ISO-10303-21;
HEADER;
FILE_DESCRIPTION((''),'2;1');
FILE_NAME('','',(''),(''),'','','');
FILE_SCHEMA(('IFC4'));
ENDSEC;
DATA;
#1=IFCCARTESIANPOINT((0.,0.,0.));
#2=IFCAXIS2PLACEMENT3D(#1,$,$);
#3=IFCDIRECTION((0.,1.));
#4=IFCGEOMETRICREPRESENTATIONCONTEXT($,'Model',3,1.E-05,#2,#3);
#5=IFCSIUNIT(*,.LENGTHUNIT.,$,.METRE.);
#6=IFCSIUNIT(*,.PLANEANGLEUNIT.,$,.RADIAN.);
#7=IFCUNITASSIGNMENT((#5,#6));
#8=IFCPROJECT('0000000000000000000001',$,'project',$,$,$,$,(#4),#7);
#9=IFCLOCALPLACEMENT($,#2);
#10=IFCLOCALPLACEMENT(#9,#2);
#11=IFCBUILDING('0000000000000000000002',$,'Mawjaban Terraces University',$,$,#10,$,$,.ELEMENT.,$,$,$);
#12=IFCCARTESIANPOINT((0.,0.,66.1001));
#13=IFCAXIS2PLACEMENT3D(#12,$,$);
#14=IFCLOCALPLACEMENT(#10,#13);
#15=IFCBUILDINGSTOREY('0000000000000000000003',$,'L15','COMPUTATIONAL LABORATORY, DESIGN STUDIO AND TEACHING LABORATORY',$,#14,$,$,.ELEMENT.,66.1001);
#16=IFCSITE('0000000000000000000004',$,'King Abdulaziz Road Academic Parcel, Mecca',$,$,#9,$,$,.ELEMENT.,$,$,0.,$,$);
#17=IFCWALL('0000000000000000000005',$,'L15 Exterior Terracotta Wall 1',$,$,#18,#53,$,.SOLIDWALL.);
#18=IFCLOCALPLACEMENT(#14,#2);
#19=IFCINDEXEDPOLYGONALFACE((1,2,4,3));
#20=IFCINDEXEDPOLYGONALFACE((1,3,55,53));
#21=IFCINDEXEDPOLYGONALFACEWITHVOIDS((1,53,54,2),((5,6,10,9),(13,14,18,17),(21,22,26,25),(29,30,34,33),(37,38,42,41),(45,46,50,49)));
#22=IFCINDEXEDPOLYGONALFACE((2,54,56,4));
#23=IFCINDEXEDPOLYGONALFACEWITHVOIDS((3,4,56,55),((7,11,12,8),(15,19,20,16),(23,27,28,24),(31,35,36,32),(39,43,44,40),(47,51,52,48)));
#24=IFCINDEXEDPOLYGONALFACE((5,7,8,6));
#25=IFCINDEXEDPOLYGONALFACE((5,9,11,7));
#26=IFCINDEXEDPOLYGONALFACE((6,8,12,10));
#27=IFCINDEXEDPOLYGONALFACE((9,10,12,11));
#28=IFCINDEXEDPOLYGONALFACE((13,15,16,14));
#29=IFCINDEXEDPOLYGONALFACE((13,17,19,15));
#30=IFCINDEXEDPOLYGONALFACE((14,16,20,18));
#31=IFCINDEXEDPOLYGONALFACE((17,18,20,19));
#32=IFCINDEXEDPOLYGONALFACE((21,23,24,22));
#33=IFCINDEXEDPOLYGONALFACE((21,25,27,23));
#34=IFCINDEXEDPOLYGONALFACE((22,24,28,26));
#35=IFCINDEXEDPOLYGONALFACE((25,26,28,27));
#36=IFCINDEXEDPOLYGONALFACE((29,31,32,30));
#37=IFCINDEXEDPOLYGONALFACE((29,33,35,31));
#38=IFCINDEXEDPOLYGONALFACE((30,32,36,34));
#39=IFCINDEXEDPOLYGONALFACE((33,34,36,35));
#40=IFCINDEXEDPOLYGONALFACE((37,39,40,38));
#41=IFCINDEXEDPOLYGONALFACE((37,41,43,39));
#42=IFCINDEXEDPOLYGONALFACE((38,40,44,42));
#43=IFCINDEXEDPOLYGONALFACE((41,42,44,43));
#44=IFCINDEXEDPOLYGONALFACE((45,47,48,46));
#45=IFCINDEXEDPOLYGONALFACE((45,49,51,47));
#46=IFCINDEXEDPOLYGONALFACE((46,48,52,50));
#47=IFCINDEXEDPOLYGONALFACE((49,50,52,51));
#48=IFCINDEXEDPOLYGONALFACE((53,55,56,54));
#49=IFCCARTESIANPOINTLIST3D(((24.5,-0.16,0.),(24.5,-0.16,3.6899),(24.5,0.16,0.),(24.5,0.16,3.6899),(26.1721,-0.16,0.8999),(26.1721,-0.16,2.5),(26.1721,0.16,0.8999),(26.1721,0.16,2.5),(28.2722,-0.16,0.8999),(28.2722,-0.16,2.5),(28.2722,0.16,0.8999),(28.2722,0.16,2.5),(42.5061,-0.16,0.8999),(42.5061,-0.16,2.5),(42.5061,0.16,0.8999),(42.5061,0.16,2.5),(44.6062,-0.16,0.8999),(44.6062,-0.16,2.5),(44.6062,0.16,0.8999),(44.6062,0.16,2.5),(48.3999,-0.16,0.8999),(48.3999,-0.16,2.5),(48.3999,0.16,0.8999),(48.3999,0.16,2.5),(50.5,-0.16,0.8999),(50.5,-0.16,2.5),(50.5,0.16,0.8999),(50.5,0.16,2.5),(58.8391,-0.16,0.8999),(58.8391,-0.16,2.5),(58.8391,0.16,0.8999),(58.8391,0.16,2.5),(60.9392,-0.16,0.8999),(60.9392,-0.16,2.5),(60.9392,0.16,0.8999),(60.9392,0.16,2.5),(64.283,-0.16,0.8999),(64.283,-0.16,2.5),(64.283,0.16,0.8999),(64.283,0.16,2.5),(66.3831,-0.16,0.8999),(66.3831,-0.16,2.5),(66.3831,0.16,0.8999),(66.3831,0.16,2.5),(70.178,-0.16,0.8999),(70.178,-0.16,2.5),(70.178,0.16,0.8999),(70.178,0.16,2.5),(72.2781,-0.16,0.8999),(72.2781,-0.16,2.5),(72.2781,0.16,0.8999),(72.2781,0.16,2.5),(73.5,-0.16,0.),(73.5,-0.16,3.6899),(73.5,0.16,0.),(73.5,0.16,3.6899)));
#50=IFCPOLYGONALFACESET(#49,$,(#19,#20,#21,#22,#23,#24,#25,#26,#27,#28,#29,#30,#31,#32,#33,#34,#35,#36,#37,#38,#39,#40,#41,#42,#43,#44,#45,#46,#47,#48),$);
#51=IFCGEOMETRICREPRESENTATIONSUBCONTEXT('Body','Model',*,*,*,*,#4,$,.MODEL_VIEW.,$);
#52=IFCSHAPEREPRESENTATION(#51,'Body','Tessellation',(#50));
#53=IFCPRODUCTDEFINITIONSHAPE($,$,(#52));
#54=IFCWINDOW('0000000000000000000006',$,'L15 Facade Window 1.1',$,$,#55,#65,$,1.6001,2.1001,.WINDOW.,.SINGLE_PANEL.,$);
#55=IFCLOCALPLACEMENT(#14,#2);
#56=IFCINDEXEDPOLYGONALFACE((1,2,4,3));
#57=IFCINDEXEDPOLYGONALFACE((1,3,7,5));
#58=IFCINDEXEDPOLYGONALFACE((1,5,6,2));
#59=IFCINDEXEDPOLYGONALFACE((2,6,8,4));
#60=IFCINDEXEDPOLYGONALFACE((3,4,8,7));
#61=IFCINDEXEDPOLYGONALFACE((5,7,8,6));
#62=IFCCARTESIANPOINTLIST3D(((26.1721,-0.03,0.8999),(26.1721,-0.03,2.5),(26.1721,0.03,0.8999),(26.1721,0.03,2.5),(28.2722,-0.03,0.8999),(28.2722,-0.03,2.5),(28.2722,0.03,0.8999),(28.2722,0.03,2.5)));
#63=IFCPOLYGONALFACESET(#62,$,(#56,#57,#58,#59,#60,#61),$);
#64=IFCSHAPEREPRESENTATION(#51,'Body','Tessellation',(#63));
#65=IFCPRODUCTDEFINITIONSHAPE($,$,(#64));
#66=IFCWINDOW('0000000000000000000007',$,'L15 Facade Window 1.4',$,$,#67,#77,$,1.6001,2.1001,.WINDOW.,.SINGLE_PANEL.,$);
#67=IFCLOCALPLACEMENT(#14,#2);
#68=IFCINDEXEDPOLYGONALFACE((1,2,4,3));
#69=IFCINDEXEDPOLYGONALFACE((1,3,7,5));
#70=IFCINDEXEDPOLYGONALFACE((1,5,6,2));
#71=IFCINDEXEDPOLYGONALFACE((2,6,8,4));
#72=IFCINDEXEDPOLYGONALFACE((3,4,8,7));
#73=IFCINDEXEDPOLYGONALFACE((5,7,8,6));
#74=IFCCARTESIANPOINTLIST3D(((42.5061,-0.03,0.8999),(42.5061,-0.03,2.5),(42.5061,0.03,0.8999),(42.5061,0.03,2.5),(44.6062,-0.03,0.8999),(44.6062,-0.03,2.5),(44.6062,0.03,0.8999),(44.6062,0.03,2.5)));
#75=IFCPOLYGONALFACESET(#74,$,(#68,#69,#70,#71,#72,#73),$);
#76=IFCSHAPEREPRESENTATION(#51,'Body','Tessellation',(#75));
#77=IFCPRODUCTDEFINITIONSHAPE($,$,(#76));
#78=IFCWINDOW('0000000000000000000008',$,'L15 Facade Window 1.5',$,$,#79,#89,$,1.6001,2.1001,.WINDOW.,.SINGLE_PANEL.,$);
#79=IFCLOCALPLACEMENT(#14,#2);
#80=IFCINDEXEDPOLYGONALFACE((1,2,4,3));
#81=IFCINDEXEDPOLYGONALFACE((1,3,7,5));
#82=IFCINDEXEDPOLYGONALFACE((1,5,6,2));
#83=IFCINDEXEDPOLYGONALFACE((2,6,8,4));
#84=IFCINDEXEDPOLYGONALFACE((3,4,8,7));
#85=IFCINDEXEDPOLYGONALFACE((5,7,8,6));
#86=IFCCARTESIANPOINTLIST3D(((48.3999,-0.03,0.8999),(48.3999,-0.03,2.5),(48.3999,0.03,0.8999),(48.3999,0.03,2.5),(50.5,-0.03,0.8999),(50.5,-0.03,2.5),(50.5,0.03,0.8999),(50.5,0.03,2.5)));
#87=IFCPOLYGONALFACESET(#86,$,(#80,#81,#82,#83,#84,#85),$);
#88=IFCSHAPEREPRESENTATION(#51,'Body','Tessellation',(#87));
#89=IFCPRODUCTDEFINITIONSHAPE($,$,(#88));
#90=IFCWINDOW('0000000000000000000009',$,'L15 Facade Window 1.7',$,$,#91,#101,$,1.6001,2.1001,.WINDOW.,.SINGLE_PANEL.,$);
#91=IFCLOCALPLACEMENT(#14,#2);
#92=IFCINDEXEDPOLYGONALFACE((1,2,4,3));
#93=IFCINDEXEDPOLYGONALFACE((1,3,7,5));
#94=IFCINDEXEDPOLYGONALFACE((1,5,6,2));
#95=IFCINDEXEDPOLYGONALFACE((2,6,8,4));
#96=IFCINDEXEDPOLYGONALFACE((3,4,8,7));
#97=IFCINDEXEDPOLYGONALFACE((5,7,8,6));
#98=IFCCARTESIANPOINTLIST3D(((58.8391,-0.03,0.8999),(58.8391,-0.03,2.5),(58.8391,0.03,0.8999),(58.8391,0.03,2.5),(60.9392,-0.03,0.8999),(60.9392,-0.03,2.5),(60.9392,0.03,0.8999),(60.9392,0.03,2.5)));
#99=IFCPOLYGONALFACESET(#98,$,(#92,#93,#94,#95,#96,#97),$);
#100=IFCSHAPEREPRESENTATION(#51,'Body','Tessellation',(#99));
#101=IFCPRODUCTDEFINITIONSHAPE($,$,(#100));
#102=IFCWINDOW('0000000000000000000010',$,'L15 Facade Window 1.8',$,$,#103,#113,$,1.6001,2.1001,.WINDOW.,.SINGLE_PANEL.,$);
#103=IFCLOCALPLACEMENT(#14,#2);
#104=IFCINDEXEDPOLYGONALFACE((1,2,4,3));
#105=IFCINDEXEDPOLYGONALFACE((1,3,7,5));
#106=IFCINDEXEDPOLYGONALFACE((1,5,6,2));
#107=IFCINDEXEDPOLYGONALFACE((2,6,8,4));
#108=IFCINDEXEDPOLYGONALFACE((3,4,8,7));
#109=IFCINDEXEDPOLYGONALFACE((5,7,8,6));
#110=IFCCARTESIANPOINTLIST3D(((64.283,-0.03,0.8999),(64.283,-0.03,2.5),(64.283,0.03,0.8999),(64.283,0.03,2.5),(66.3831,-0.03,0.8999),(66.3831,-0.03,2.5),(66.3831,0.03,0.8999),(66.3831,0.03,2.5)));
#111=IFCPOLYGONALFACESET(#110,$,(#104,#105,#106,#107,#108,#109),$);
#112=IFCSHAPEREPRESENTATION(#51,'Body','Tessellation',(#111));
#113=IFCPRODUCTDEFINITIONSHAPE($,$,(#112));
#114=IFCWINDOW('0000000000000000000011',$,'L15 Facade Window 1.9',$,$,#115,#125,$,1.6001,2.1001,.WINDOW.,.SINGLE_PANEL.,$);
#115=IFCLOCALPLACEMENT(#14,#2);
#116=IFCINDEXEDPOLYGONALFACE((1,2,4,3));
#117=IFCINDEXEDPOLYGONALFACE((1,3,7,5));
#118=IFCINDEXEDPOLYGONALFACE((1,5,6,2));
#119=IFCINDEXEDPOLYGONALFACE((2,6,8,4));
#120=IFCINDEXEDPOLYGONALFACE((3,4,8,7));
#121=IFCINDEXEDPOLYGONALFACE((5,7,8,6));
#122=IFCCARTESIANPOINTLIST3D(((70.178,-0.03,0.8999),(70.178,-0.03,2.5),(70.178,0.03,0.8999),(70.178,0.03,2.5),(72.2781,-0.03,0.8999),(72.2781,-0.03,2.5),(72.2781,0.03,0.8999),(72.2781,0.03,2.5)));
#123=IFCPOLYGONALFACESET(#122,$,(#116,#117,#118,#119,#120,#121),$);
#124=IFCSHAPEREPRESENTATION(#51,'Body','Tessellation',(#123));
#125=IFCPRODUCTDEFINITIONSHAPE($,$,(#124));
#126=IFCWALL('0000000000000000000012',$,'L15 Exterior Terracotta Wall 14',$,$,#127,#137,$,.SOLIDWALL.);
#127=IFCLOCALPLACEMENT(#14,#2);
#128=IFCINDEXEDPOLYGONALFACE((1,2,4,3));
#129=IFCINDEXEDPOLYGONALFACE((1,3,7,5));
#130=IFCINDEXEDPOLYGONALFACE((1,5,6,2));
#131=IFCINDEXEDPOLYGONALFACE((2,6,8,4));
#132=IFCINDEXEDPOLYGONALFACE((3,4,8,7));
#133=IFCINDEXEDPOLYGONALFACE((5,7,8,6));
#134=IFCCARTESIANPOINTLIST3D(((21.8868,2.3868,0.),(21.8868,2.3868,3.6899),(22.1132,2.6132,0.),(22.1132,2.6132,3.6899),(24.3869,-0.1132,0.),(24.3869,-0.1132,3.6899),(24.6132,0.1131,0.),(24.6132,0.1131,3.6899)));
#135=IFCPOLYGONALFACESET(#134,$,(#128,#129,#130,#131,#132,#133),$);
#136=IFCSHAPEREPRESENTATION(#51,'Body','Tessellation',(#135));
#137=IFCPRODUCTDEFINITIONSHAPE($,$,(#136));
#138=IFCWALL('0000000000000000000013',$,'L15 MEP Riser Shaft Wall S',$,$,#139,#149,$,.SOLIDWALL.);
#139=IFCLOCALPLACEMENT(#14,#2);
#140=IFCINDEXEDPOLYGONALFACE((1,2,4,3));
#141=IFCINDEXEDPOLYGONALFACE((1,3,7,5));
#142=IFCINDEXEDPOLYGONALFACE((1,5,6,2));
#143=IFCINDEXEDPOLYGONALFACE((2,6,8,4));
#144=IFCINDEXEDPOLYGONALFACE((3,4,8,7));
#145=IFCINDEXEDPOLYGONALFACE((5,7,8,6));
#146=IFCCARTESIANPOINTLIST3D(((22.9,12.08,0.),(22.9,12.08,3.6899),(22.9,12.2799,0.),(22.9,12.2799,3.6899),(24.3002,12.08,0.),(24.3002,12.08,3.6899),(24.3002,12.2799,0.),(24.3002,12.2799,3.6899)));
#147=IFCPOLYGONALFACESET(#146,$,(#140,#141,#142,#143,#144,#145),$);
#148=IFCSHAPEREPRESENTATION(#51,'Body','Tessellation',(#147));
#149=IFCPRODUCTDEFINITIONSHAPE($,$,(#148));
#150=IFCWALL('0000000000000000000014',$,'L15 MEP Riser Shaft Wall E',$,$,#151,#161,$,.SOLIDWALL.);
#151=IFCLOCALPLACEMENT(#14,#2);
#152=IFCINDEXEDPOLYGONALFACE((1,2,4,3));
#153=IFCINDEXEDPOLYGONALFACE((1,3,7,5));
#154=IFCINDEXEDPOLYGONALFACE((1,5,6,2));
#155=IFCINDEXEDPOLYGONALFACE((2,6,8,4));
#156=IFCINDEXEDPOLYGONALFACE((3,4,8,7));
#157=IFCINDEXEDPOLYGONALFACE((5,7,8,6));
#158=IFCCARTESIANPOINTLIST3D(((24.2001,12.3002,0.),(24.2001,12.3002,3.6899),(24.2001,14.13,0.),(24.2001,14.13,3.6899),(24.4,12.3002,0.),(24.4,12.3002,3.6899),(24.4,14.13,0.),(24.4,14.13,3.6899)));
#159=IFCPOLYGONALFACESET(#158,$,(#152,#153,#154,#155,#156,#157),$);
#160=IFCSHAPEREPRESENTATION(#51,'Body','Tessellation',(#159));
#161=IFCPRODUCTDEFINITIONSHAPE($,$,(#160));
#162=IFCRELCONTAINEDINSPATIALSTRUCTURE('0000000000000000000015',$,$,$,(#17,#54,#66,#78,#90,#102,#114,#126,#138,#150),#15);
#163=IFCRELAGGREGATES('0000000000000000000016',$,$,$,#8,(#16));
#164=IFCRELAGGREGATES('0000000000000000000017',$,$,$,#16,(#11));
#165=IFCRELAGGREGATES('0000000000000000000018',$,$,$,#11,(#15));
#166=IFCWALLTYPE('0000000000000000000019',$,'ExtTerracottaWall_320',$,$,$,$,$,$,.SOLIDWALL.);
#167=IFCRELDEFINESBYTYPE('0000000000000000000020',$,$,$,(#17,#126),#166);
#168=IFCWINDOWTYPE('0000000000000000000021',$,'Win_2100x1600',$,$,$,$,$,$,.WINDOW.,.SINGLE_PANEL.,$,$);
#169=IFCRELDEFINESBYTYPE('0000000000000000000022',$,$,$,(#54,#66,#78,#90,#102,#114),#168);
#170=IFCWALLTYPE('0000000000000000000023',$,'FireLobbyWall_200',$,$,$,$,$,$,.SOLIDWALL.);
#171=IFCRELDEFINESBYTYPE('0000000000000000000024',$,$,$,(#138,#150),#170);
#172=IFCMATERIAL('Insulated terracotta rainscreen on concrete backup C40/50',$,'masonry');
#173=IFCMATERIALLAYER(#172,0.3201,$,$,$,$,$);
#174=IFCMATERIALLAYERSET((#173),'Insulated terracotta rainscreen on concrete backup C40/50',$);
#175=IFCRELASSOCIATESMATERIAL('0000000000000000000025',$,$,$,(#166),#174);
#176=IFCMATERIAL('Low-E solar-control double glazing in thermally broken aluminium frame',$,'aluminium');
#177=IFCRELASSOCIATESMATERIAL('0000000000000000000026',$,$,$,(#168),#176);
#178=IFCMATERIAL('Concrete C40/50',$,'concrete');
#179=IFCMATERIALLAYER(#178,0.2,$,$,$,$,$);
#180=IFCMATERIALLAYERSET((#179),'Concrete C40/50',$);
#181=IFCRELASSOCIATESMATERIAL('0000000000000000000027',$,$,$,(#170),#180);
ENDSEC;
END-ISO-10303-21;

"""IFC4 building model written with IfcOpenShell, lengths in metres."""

from ifc_helpers import new_model, si_unit, direction, frame, frame_2d, origin, place, context, subcontext, project, spatial, rectangle, extrude, material, layer, layer_set, type_object, element, fill, save


model = new_model("IFC4")

# Units and contexts
model_context = context("Model", 3, precision=1e-05, world=origin(), true_north=direction((0.0, 1.0)))
body_context = subcontext(model_context, "Body", "Model", "MODEL_VIEW")
ifc_project = project(units=[si_unit("LENGTHUNIT", "METRE"), si_unit("PLANEANGLEUNIT", "RADIAN")], contexts=[model_context])

# Site, building, storey
site_placement = place(None, origin())
site = spatial("IfcSite", under=ifc_project, at=site_placement, Name="King Abdulaziz Road Academic Parcel, Mecca", CompositionType="ELEMENT", RefElevation=0.0)
building_placement = place(site_placement, origin())
building = spatial("IfcBuilding", under=site, at=building_placement, Name="Mawjaban Terraces University", CompositionType="ELEMENT")
storey_placement = place(building_placement, frame((0.0, 0.0, 66.1001)))
storey = spatial("IfcBuildingStorey", under=building, at=storey_placement, Name="L15", Description="COMPUTATIONAL LABORATORY, DESIGN STUDIO AND TEACHING LABORATORY", CompositionType="ELEMENT", Elevation=66.1001)

# Wall, openings, windows
ifc_material_1 = material(Name="Insulated terracotta rainscreen on concrete backup C40/50", Category="masonry")
ifc_layer_1 = layer(ifc_material_1, 0.3201)
ifc_layer_set_1 = layer_set([ifc_layer_1], Name="Insulated terracotta rainscreen on concrete backup C40/50")
wall_type_1 = type_object("IfcWallType", Name="ExtTerracottaWall_320", PredefinedType="SOLIDWALL", material=ifc_layer_set_1)
wall_1_placement = place(storey_placement, frame((24.5, 0.0, 0.0), z_axis=(0.0, 0.0, 1.0), x_axis=(1.0, 0.0, 0.0)))
wall_1 = element("IfcWall", 1, at=wall_1_placement, inside=storey, type_object=wall_type_1, Name="L15 Exterior Terracotta Wall 1", PredefinedType="SOLIDWALL", context=body_context, shape_type="SweptSolid", body=[
    extrude(rectangle(XDim=49.0, YDim=0.3201, at=frame_2d((24.5, 0.0))), origin(), (0.0, 0.0, 1.0), 3.6899),
])
opening_1_placement = place(wall_1_placement, frame((1.6721, 0.0, 0.8999)))
opening_1 = element("IfcOpeningElement", 2, at=opening_1_placement, cuts=wall_1, PredefinedType="OPENING", context=body_context, shape_type="SweptSolid", body=[
    extrude(rectangle(XDim=2.1001, YDim=1.6001, at=frame_2d((1.05, 0.8))), frame((0.0, 0.1699, 0.0), z_axis=(0.0, -1.0, 0.0), x_axis=(1.0, 0.0, 0.0)), (0.0, 0.0, 1.0), 0.3401),
])
opening_2_placement = place(wall_1_placement, frame((18.0061, 0.0, 0.8999)))
opening_2 = element("IfcOpeningElement", 3, at=opening_2_placement, cuts=wall_1, PredefinedType="OPENING", context=body_context, shape_type="SweptSolid", body=[
    extrude(rectangle(XDim=2.1001, YDim=1.6001, at=frame_2d((1.05, 0.8))), frame((0.0, 0.1699, 0.0), z_axis=(0.0, -1.0, 0.0), x_axis=(1.0, 0.0, 0.0)), (0.0, 0.0, 1.0), 0.3401),
])
opening_3_placement = place(wall_1_placement, frame((23.8999, 0.0, 0.8999)))
opening_3 = element("IfcOpeningElement", 4, at=opening_3_placement, cuts=wall_1, PredefinedType="OPENING", context=body_context, shape_type="SweptSolid", body=[
    extrude(rectangle(XDim=2.1001, YDim=1.6001, at=frame_2d((1.05, 0.8))), frame((0.0, 0.1699, 0.0), z_axis=(0.0, -1.0, 0.0), x_axis=(1.0, 0.0, 0.0)), (0.0, 0.0, 1.0), 0.3401),
])
opening_4_placement = place(wall_1_placement, frame((34.3391, 0.0, 0.8999)))
opening_4 = element("IfcOpeningElement", 5, at=opening_4_placement, cuts=wall_1, PredefinedType="OPENING", context=body_context, shape_type="SweptSolid", body=[
    extrude(rectangle(XDim=2.1001, YDim=1.6001, at=frame_2d((1.05, 0.8))), frame((0.0, 0.1699, 0.0), z_axis=(0.0, -1.0, 0.0), x_axis=(1.0, 0.0, 0.0)), (0.0, 0.0, 1.0), 0.3401),
])
opening_5_placement = place(wall_1_placement, frame((39.783, 0.0, 0.8999)))
opening_5 = element("IfcOpeningElement", 6, at=opening_5_placement, cuts=wall_1, PredefinedType="OPENING", context=body_context, shape_type="SweptSolid", body=[
    extrude(rectangle(XDim=2.1001, YDim=1.6001, at=frame_2d((1.05, 0.8))), frame((0.0, 0.1699, 0.0), z_axis=(0.0, -1.0, 0.0), x_axis=(1.0, 0.0, 0.0)), (0.0, 0.0, 1.0), 0.3401),
])
opening_6_placement = place(wall_1_placement, frame((45.678, 0.0, 0.8999)))
opening_6 = element("IfcOpeningElement", 7, at=opening_6_placement, cuts=wall_1, PredefinedType="OPENING", context=body_context, shape_type="SweptSolid", body=[
    extrude(rectangle(XDim=2.1001, YDim=1.6001, at=frame_2d((1.05, 0.8))), frame((0.0, 0.1699, 0.0), z_axis=(0.0, -1.0, 0.0), x_axis=(1.0, 0.0, 0.0)), (0.0, 0.0, 1.0), 0.3401),
])
ifc_material_2 = material(Name="Low-E solar-control double glazing in thermally broken aluminium frame", Category="aluminium")
window_type = type_object("IfcWindowType", Name="Win_2100x1600", PartitioningType="SINGLE_PANEL", PredefinedType="WINDOW", material=ifc_material_2)
window_1_placement = place(opening_1_placement, origin())
window_1 = element("IfcWindow", 8, at=window_1_placement, inside=storey, type_object=window_type, Name="L15 Facade Window 1.1", OverallHeight=1.6001, OverallWidth=2.1001, PartitioningType="SINGLE_PANEL", PredefinedType="WINDOW", context=body_context, shape_type="SweptSolid", body=[
    extrude(rectangle(XDim=2.1001, YDim=1.6001, at=frame_2d((1.05, 0.8))), frame((0.0, 0.03, 0.0), z_axis=(0.0, -1.0, 0.0), x_axis=(1.0, 0.0, 0.0)), (0.0, 0.0, 1.0), 0.0601),
])
fill(opening_1, window_1)
window_2_placement = place(opening_2_placement, origin())
window_2 = element("IfcWindow", 9, at=window_2_placement, inside=storey, type_object=window_type, Name="L15 Facade Window 1.4", OverallHeight=1.6001, OverallWidth=2.1001, PartitioningType="SINGLE_PANEL", PredefinedType="WINDOW", context=body_context, shape_type="SweptSolid", body=[
    extrude(rectangle(XDim=2.1001, YDim=1.6001, at=frame_2d((1.05, 0.8))), frame((0.0, 0.03, 0.0), z_axis=(0.0, -1.0, 0.0), x_axis=(1.0, 0.0, 0.0)), (0.0, 0.0, 1.0), 0.0601),
])
fill(opening_2, window_2)
window_3_placement = place(opening_3_placement, origin())
window_3 = element("IfcWindow", 10, at=window_3_placement, inside=storey, type_object=window_type, Name="L15 Facade Window 1.5", OverallHeight=1.6001, OverallWidth=2.1001, PartitioningType="SINGLE_PANEL", PredefinedType="WINDOW", context=body_context, shape_type="SweptSolid", body=[
    extrude(rectangle(XDim=2.1001, YDim=1.6001, at=frame_2d((1.05, 0.8))), frame((0.0, 0.03, 0.0), z_axis=(0.0, -1.0, 0.0), x_axis=(1.0, 0.0, 0.0)), (0.0, 0.0, 1.0), 0.0601),
])
fill(opening_3, window_3)
window_4_placement = place(opening_4_placement, origin())
window_4 = element("IfcWindow", 11, at=window_4_placement, inside=storey, type_object=window_type, Name="L15 Facade Window 1.7", OverallHeight=1.6001, OverallWidth=2.1001, PartitioningType="SINGLE_PANEL", PredefinedType="WINDOW", context=body_context, shape_type="SweptSolid", body=[
    extrude(rectangle(XDim=2.1001, YDim=1.6001, at=frame_2d((1.05, 0.8))), frame((0.0, 0.03, 0.0), z_axis=(0.0, -1.0, 0.0), x_axis=(1.0, 0.0, 0.0)), (0.0, 0.0, 1.0), 0.0601),
])
fill(opening_4, window_4)
window_5_placement = place(opening_5_placement, origin())
window_5 = element("IfcWindow", 12, at=window_5_placement, inside=storey, type_object=window_type, Name="L15 Facade Window 1.8", OverallHeight=1.6001, OverallWidth=2.1001, PartitioningType="SINGLE_PANEL", PredefinedType="WINDOW", context=body_context, shape_type="SweptSolid", body=[
    extrude(rectangle(XDim=2.1001, YDim=1.6001, at=frame_2d((1.05, 0.8))), frame((0.0, 0.03, 0.0), z_axis=(0.0, -1.0, 0.0), x_axis=(1.0, 0.0, 0.0)), (0.0, 0.0, 1.0), 0.0601),
])
fill(opening_5, window_5)
window_6_placement = place(opening_6_placement, origin())
window_6 = element("IfcWindow", 13, at=window_6_placement, inside=storey, type_object=window_type, Name="L15 Facade Window 1.9", OverallHeight=1.6001, OverallWidth=2.1001, PartitioningType="SINGLE_PANEL", PredefinedType="WINDOW", context=body_context, shape_type="SweptSolid", body=[
    extrude(rectangle(XDim=2.1001, YDim=1.6001, at=frame_2d((1.05, 0.8))), frame((0.0, 0.03, 0.0), z_axis=(0.0, -1.0, 0.0), x_axis=(1.0, 0.0, 0.0)), (0.0, 0.0, 1.0), 0.0601),
])
fill(opening_6, window_6)

# Walls
wall_2_placement = place(storey_placement, frame((22.0, 2.5, 0.0), z_axis=(0.0, 0.0, 1.0), x_axis=(0.707107, -0.707107, 0.0)))
element("IfcWall", 14, at=wall_2_placement, inside=storey, type_object=wall_type_1, Name="L15 Exterior Terracotta Wall 14", PredefinedType="SOLIDWALL", context=body_context, shape_type="SweptSolid", body=[
    extrude(rectangle(XDim=3.5356, YDim=0.3201, at=frame_2d((1.7678, 0.0))), origin(), (0.0, 0.0, 1.0), 3.6899),
])
ifc_material_3 = material(Name="Concrete C40/50", Category="concrete")
ifc_layer_2 = layer(ifc_material_3, 0.2)
ifc_layer_set_2 = layer_set([ifc_layer_2], Name="Concrete C40/50")
wall_type_2 = type_object("IfcWallType", Name="FireLobbyWall_200", PredefinedType="SOLIDWALL", material=ifc_layer_set_2)
wall_3_placement = place(storey_placement, frame((22.8999, 12.1799, 0.0), z_axis=(0.0, 0.0, 1.0), x_axis=(1.0, 0.0, 0.0)))
element("IfcWall", 15, at=wall_3_placement, inside=storey, type_object=wall_type_2, Name="L15 MEP Riser Shaft Wall S", PredefinedType="SOLIDWALL", context=body_context, shape_type="SweptSolid", body=[
    extrude(rectangle(XDim=1.4001, YDim=0.2, at=frame_2d((0.7002, 0.0))), origin(), (0.0, 0.0, 1.0), 3.6899),
])
for number, where, z_axis, x_axis, name in (
    (16, (24.3, 12.3, 0.0), (0.0, 0.0, 1.0), (0.0, 1.0, 0.0), "L15 MEP Riser Shaft Wall E"),
):
    element("IfcWall", number, at=place(storey_placement, frame(where, z_axis=z_axis, x_axis=x_axis)), inside=storey, type_object=wall_type_2, Name=name, PredefinedType="SOLIDWALL", context=body_context, shape_type="SweptSolid", body=[
        extrude(rectangle(XDim=1.8298, YDim=0.2, at=frame_2d((0.915, 0.0))), origin(), (0.0, 0.0, 1.0), 3.6899),
    ])

save(model, "model.ifc")
